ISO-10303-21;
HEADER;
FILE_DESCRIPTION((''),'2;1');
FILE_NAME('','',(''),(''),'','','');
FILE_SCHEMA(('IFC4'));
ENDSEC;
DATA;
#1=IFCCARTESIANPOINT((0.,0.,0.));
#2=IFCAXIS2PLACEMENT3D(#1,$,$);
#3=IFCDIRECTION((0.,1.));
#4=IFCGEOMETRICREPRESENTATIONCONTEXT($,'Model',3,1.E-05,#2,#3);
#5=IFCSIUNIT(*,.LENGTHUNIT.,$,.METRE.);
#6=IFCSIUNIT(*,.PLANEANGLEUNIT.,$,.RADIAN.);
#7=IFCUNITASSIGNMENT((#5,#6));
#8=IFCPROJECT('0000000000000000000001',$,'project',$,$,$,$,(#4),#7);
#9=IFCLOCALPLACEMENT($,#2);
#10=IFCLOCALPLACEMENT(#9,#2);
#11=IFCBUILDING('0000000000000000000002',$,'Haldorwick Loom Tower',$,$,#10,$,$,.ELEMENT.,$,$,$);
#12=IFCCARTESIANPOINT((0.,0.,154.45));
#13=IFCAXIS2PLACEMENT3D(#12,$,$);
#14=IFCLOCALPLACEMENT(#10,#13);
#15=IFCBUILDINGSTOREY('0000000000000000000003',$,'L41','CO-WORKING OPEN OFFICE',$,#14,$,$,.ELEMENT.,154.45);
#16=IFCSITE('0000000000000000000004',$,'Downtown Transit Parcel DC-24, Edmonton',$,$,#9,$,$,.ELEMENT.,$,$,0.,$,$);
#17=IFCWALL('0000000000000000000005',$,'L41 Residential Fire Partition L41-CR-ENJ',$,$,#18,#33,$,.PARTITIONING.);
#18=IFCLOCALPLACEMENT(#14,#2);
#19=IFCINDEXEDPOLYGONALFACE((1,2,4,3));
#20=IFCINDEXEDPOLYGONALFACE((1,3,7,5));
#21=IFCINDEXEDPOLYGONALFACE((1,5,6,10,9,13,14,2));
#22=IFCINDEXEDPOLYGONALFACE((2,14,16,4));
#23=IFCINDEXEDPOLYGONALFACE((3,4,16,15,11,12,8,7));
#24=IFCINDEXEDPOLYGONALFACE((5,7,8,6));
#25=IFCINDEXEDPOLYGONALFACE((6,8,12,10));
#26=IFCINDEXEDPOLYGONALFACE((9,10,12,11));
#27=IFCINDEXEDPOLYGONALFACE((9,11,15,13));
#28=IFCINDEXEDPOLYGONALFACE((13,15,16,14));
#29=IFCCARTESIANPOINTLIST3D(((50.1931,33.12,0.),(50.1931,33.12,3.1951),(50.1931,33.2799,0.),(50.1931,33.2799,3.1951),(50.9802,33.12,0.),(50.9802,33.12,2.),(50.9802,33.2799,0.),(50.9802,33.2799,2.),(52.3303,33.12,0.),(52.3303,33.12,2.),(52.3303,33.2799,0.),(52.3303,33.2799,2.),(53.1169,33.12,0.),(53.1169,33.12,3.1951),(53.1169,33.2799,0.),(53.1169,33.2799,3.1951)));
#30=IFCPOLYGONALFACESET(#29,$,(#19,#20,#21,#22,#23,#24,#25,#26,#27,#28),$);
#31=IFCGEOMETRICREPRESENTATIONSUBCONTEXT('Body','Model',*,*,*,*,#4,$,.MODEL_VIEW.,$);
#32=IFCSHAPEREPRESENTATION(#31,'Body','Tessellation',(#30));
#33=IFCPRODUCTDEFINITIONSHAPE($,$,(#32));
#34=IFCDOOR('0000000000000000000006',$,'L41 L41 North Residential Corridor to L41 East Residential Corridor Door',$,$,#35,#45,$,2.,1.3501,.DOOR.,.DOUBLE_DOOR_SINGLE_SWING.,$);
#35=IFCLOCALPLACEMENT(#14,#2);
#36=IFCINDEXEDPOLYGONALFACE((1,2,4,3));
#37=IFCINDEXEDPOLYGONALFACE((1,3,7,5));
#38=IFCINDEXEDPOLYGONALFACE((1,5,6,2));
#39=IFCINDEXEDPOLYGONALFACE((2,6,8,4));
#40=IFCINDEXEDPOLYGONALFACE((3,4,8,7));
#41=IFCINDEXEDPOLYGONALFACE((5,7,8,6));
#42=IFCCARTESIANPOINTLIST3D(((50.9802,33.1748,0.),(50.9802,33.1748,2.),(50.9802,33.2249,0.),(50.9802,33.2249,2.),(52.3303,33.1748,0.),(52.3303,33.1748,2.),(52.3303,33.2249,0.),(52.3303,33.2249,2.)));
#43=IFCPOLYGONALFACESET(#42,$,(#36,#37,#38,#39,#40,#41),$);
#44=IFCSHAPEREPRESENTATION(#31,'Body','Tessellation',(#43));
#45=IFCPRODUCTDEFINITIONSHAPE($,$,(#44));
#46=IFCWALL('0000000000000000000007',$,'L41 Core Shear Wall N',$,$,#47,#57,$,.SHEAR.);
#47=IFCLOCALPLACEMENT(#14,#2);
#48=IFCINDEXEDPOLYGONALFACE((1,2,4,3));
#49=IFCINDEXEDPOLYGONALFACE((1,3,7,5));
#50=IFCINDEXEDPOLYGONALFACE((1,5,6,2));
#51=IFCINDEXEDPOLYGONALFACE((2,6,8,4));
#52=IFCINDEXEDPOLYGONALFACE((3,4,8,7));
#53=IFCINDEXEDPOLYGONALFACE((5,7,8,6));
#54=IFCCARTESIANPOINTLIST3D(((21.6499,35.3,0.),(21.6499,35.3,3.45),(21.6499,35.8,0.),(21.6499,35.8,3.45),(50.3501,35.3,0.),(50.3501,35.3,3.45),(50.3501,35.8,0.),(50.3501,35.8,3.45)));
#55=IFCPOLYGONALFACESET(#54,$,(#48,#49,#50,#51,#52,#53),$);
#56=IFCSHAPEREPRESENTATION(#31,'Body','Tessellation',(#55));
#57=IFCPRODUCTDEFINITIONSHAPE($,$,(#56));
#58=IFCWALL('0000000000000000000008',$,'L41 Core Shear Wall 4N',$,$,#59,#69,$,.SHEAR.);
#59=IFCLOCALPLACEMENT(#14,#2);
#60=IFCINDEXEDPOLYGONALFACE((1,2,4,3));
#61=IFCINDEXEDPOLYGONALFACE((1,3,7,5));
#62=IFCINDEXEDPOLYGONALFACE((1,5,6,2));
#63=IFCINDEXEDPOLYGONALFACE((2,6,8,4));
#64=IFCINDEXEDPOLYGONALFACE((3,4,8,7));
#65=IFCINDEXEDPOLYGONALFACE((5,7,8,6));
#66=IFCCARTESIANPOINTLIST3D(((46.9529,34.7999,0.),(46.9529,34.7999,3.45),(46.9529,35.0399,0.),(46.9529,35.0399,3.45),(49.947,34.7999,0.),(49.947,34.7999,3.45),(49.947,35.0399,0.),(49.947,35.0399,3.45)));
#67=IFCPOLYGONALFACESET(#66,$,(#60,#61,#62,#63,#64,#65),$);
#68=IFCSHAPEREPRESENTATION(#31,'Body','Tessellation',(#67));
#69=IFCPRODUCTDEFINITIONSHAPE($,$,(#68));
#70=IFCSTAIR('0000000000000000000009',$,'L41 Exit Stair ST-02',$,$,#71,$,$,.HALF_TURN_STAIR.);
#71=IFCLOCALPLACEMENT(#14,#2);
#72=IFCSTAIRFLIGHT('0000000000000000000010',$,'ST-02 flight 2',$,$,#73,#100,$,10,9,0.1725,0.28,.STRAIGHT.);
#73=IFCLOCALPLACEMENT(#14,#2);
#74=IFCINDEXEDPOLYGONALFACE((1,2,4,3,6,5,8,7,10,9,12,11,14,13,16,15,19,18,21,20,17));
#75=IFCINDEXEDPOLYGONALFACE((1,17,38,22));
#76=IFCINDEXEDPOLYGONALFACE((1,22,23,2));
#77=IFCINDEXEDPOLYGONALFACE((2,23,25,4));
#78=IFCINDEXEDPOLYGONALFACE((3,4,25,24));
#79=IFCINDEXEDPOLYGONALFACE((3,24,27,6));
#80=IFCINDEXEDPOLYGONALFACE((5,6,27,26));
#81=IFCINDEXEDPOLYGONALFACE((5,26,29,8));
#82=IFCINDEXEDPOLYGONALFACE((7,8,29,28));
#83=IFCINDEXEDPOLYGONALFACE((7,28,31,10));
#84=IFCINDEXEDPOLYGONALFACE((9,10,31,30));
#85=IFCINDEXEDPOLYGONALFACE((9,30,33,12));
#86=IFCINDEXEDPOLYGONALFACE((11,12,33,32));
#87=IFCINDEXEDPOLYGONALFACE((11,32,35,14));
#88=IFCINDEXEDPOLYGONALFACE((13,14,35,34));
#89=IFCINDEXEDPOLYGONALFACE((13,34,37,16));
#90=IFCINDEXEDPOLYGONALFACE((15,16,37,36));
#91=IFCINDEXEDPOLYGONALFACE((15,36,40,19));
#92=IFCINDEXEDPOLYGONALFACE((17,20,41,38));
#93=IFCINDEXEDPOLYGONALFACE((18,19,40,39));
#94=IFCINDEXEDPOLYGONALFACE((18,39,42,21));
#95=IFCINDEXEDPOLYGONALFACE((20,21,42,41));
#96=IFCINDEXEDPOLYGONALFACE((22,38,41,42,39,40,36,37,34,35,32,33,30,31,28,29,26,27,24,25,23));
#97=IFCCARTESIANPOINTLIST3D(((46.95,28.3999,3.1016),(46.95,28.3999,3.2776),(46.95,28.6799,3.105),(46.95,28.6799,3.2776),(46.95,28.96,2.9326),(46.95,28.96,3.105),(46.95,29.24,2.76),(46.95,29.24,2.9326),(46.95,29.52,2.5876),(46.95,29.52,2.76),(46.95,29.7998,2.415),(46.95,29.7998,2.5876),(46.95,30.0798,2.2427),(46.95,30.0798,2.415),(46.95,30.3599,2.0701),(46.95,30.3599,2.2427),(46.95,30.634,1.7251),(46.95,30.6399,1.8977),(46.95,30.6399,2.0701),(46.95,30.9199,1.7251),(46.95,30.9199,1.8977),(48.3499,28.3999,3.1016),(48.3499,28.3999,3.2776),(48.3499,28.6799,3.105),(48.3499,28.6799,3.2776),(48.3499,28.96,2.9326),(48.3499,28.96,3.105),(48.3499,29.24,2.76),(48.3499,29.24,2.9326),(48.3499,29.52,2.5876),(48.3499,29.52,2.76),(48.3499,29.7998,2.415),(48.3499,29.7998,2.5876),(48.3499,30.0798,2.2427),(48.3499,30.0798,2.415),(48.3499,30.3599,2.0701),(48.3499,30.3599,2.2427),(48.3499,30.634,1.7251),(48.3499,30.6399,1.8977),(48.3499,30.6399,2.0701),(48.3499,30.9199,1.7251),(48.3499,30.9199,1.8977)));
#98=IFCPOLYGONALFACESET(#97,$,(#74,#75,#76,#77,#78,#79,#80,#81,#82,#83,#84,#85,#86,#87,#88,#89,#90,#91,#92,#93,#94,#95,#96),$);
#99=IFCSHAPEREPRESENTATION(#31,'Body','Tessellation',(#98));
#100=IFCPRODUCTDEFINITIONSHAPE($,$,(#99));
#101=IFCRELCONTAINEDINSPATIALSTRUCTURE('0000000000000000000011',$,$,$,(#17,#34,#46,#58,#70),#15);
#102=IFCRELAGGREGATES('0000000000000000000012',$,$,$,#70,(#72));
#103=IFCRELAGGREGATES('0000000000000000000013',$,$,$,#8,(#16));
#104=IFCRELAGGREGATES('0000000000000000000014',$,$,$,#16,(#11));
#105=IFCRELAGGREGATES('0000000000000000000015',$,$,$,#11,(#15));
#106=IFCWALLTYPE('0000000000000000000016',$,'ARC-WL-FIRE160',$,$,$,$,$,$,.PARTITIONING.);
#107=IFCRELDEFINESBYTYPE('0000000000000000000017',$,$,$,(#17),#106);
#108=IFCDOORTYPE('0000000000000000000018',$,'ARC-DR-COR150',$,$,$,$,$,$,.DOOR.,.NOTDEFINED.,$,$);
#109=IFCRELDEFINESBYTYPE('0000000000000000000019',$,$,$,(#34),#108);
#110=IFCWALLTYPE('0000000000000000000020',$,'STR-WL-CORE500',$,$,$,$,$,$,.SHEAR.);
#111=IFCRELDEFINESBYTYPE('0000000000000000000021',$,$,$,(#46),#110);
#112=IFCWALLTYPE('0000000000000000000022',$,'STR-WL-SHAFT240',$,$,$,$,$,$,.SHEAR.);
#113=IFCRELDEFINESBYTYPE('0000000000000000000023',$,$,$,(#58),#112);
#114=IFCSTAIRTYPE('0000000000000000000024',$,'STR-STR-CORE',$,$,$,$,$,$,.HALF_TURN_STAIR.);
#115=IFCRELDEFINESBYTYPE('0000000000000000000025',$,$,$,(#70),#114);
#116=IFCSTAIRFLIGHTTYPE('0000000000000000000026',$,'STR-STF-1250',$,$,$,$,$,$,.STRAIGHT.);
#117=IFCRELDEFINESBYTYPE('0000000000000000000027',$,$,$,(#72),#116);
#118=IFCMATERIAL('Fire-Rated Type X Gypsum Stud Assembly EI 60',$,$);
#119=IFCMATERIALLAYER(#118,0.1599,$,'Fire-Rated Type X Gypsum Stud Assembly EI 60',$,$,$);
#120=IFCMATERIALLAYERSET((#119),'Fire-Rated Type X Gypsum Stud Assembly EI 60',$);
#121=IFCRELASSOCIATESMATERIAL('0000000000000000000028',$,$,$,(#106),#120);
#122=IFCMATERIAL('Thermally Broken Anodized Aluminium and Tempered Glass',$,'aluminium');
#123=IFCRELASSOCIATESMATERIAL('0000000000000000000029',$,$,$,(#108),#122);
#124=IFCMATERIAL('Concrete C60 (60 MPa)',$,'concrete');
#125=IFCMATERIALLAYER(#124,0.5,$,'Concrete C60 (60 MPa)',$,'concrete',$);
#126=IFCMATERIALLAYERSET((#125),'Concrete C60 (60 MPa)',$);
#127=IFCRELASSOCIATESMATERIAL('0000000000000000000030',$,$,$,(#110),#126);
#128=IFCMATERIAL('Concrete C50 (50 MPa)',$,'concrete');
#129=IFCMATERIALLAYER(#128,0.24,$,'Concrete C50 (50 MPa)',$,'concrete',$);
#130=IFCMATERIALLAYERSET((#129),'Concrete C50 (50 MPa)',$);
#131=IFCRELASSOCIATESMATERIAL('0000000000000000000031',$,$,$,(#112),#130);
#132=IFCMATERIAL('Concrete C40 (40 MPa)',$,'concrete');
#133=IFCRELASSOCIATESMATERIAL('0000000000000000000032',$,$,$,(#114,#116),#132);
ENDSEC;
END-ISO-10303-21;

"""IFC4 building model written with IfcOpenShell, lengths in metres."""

from ifc_helpers import new_model, si_unit, direction, frame, frame_2d, origin, place, context, subcontext, project, spatial, polyline, rectangle, outline, extrude, material, layer, layer_set, type_object, element, fill, aggregate, save


model = new_model("IFC4")

# Units and contexts
model_context = context("Model", 3, precision=1e-05, world=origin(), true_north=direction((0.0, 1.0)))
body_context = subcontext(model_context, "Body", "Model", "MODEL_VIEW")
ifc_project = project(units=[si_unit("LENGTHUNIT", "METRE"), si_unit("PLANEANGLEUNIT", "RADIAN")], contexts=[model_context])

# Site, building, storey
site_placement = place(None, origin())
site = spatial("IfcSite", under=ifc_project, at=site_placement, Name="Downtown Transit Parcel DC-24, Edmonton", CompositionType="ELEMENT", RefElevation=0.0)
building_placement = place(site_placement, origin())
building = spatial("IfcBuilding", under=site, at=building_placement, Name="Haldorwick Loom Tower", CompositionType="ELEMENT")
storey_placement = place(building_placement, frame((0.0, 0.0, 154.45)))
storey = spatial("IfcBuildingStorey", under=building, at=storey_placement, Name="L41", Description="CO-WORKING OPEN OFFICE", CompositionType="ELEMENT", Elevation=154.45)

# Shared definitions
ifc_material_1 = material(Name="Concrete C60 (60 MPa)", Category="concrete")

# Wall, opening, door
ifc_material_2 = material(Name="Fire-Rated Type X Gypsum Stud Assembly EI 60")
ifc_layer_1 = layer(ifc_material_2, 0.1599, Name="Fire-Rated Type X Gypsum Stud Assembly EI 60")
ifc_layer_set_1 = layer_set([ifc_layer_1], Name="Fire-Rated Type X Gypsum Stud Assembly EI 60")
wall_type_1 = type_object("IfcWallType", Name="ARC-WL-FIRE160", PredefinedType="PARTITIONING", material=ifc_layer_set_1)
wall_1_placement = place(storey_placement, frame((50.1931, 33.2, 0.0), z_axis=(0.0, 0.0, 1.0), x_axis=(1.0, 0.0, 0.0)))
wall_1 = element("IfcWall", 1, at=wall_1_placement, inside=storey, type_object=wall_type_1, Name="L41 Residential Fire Partition L41-CR-ENJ", PredefinedType="PARTITIONING", context=body_context, shape_type="SweptSolid", body=[
    extrude(rectangle(XDim=2.9238, YDim=0.1599, at=frame_2d((1.4619, 0.0))), origin(), (0.0, 0.0, 1.0), 3.1951),
])
opening_1_placement = place(wall_1_placement, frame((0.7871, 0.0, 0.0)))
opening_1 = element("IfcOpeningElement", 2, at=opening_1_placement, cuts=wall_1, PredefinedType="OPENING", context=body_context, shape_type="SweptSolid", body=[
    extrude(rectangle(XDim=1.3501, YDim=2.0, at=frame_2d((0.675, 1.0))), frame((0.0, 0.0898, 0.0), z_axis=(0.0, -1.0, 0.0), x_axis=(1.0, 0.0, 0.0)), (0.0, 0.0, 1.0), 0.1799),
])
ifc_material_3 = material(Name="Thermally Broken Anodized Aluminium and Tempered Glass", Category="aluminium")
door_type = type_object("IfcDoorType", Name="ARC-DR-COR150", OperationType="NOTDEFINED", PredefinedType="DOOR", material=ifc_material_3)
door_placement = place(opening_1_placement, origin())
door = element("IfcDoor", 3, at=door_placement, inside=storey, type_object=door_type, Name="L41 L41 North Residential Corridor to L41 East Residential Corridor Door", OperationType="DOUBLE_DOOR_SINGLE_SWING", OverallHeight=2.0, OverallWidth=1.3501, PredefinedType="DOOR", context=body_context, shape_type="SweptSolid", body=[
    extrude(rectangle(XDim=1.3501, YDim=2.0, at=frame_2d((0.675, 1.0))), frame((0.0, 0.0249, 0.0), z_axis=(0.0, -1.0, 0.0), x_axis=(1.0, 0.0, 0.0)), (0.0, 0.0, 1.0), 0.05),
])
fill(opening_1, door)

# Walls
ifc_layer_2 = layer(ifc_material_1, 0.5, Name="Concrete C60 (60 MPa)", Category="concrete")
ifc_layer_set_2 = layer_set([ifc_layer_2], Name="Concrete C60 (60 MPa)")
wall_type_2 = type_object("IfcWallType", Name="STR-WL-CORE500", PredefinedType="SHEAR", material=ifc_layer_set_2)
wall_2_placement = place(storey_placement, frame((50.3501, 35.55, 0.0), z_axis=(0.0, 0.0, 1.0), x_axis=(-1.0, 0.0, 0.0)))
element("IfcWall", 4, at=wall_2_placement, inside=storey, type_object=wall_type_2, Name="L41 Core Shear Wall N", PredefinedType="SHEAR", context=body_context, shape_type="SweptSolid", body=[
    extrude(rectangle(XDim=28.7002, YDim=0.5, at=frame_2d((14.3501, 0.0))), origin(), (0.0, 0.0, 1.0), 3.45),
])
ifc_material_4 = material(Name="Concrete C50 (50 MPa)", Category="concrete")
ifc_layer_3 = layer(ifc_material_4, 0.24, Name="Concrete C50 (50 MPa)", Category="concrete")
ifc_layer_set_3 = layer_set([ifc_layer_3], Name="Concrete C50 (50 MPa)")
wall_type_3 = type_object("IfcWallType", Name="STR-WL-SHAFT240", PredefinedType="SHEAR", material=ifc_layer_set_3)
wall_3_placement = place(storey_placement, frame((46.9529, 34.9199, 0.0), z_axis=(0.0, 0.0, 1.0), x_axis=(1.0, 0.0, 0.0)))
element("IfcWall", 5, at=wall_3_placement, inside=storey, type_object=wall_type_3, Name="L41 Core Shear Wall 4N", PredefinedType="SHEAR", context=body_context, shape_type="SweptSolid", body=[
    extrude(rectangle(XDim=2.9941, YDim=0.24, at=frame_2d((1.4971, 0.0))), origin(), (0.0, 0.0, 1.0), 3.45),
])

# Stair, stair flight
ifc_material_5 = material(Name="Concrete C40 (40 MPa)", Category="concrete")
stair_type = type_object("IfcStairType", Name="STR-STR-CORE", PredefinedType="HALF_TURN_STAIR", material=ifc_material_5)
stair_placement = place(storey_placement, origin())
stair = element("IfcStair", 6, at=stair_placement, inside=storey, type_object=stair_type, Name="L41 Exit Stair ST-02", PredefinedType="HALF_TURN_STAIR")
stair_flight_type = type_object("IfcStairFlightType", Name="STR-STF-1250", PredefinedType="STRAIGHT", material=ifc_material_5)
stair_flight_placement = place(storey_placement, frame((47.6499, 30.9199, 1.7251), z_axis=(0.0, 0.0, 1.0), x_axis=(0.0, -1.0, 0.0)))
stair_flight = element("IfcStairFlight", 7, at=stair_flight_placement, type_object=stair_flight_type, Name="ST-02 flight 2", NumberOfRisers=10, NumberOfTreads=9, PredefinedType="STRAIGHT", RiserHeight=0.1725, TreadLength=0.28, context=body_context, shape_type="SweptSolid", body=[
    extrude(outline(polyline([(0.0, 0.0), (0.0, 0.1726), (0.28, 0.1726), (0.28, 0.345), (0.5601, 0.345), (0.5601, 0.5176), (0.8401, 0.5176), (0.8401, 0.6899), (1.1201, 0.6899), (1.1201, 0.8625), (1.3999, 0.8625), (1.3999, 1.0349), (1.6799, 1.0349), (1.6799, 1.2075), (1.96, 1.2075), (1.96, 1.3799), (2.24, 1.3799), (2.24, 1.5525), (2.52, 1.5525), (2.52, 1.7251), (2.52, 1.3765), (0.2859, 0.0), (0.0, 0.0)])), frame((0.0, 0.7, 0.0), z_axis=(0.0, -1.0, 0.0), x_axis=(1.0, 0.0, 0.0)), (0.0, 0.0, 1.0), 1.3999),
])
aggregate(stair, [stair_flight])

save(model, "model.ifc")
